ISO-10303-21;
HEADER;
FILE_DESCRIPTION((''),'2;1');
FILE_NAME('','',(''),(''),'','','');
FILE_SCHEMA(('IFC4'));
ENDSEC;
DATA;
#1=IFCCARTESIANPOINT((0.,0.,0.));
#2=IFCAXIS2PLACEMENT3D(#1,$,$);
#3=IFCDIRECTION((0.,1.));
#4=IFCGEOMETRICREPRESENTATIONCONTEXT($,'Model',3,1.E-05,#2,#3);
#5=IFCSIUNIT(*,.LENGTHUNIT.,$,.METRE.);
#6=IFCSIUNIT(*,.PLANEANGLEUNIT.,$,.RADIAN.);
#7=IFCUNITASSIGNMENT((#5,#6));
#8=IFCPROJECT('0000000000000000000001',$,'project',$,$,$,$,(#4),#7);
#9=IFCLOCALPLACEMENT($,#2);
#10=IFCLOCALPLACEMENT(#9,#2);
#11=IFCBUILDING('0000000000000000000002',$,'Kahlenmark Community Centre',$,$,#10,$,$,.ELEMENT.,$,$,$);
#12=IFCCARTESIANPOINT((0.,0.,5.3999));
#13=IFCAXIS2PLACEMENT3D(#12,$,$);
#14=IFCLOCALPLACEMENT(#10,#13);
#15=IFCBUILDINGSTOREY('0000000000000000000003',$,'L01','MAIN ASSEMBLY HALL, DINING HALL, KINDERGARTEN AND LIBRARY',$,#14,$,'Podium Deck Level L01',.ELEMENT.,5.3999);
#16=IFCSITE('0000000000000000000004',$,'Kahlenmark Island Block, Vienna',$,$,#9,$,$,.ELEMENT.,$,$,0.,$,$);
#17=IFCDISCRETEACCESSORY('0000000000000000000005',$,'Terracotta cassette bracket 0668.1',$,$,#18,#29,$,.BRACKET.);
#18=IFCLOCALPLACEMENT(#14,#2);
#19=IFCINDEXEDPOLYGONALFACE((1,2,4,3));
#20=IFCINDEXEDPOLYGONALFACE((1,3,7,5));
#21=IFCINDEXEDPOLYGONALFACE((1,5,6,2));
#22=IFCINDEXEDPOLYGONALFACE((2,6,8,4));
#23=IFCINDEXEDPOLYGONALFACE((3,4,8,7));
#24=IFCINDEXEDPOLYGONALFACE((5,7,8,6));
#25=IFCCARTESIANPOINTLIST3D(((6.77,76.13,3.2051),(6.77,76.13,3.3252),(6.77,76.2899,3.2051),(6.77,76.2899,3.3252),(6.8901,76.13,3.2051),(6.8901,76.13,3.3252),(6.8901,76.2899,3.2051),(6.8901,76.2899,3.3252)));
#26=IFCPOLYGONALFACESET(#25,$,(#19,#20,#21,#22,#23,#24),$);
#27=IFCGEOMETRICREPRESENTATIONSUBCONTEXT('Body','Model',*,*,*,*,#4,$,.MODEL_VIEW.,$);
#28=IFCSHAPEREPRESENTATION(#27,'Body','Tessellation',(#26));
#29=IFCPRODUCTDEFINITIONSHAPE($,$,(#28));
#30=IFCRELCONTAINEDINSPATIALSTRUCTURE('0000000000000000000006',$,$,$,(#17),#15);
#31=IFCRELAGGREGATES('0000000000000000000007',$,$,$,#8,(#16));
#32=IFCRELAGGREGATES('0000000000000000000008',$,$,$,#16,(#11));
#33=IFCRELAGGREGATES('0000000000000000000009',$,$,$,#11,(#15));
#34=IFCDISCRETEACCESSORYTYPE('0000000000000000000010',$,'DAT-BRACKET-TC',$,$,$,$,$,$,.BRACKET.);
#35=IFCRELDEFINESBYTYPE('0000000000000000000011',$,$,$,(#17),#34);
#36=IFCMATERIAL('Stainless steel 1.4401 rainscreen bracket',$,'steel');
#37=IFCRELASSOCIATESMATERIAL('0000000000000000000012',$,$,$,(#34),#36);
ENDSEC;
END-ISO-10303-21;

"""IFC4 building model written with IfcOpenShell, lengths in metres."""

from ifc_helpers import new_model, si_unit, direction, frame, origin, origin_2d, place, context, subcontext, project, spatial, rectangle, extrude, material, type_object, element, save


model = new_model("IFC4")

# Units and contexts
model_context = context("Model", 3, precision=1e-05, world=origin(), true_north=direction((0.0, 1.0)))
body_context = subcontext(model_context, "Body", "Model", "MODEL_VIEW")
ifc_project = project(units=[si_unit("LENGTHUNIT", "METRE"), si_unit("PLANEANGLEUNIT", "RADIAN")], contexts=[model_context])

# Site, building, storey
site_placement = place(None, origin())
site = spatial("IfcSite", under=ifc_project, at=site_placement, Name="Kahlenmark Island Block, Vienna", CompositionType="ELEMENT", RefElevation=0.0)
building_placement = place(site_placement, origin())
building = spatial("IfcBuilding", under=site, at=building_placement, Name="Kahlenmark Community Centre", CompositionType="ELEMENT")
storey_placement = place(building_placement, frame((0.0, 0.0, 5.3999)))
storey = spatial("IfcBuildingStorey", under=building, at=storey_placement, Name="L01", Description="MAIN ASSEMBLY HALL, DINING HALL, KINDERGARTEN AND LIBRARY", LongName="Podium Deck Level L01", CompositionType="ELEMENT", Elevation=5.3999)

# Discrete accessory
ifc_material = material(Name="Stainless steel 1.4401 rainscreen bracket", Category="steel")
discrete_accessory_type = type_object("IfcDiscreteAccessoryType", Name="DAT-BRACKET-TC", PredefinedType="BRACKET", material=ifc_material)
for number, where, z_axis, x_axis, name in (
    (1, (6.8301, 76.21, 3.2051), (0.0, 0.0, 1.0), (-1.0, 0.0, 0.0), "Terracotta cassette bracket 0668.1"),
):
    element("IfcDiscreteAccessory", number, at=place(storey_placement, frame(where, z_axis=z_axis, x_axis=x_axis)), inside=storey, type_object=discrete_accessory_type, Name=name, PredefinedType="BRACKET", context=body_context, shape_type="SweptSolid", body=[
        extrude(rectangle(XDim=0.1201, YDim=0.1599, at=origin_2d()), origin(), (0.0, 0.0, 1.0), 0.1201),
    ])

save(model, "model.ifc")
